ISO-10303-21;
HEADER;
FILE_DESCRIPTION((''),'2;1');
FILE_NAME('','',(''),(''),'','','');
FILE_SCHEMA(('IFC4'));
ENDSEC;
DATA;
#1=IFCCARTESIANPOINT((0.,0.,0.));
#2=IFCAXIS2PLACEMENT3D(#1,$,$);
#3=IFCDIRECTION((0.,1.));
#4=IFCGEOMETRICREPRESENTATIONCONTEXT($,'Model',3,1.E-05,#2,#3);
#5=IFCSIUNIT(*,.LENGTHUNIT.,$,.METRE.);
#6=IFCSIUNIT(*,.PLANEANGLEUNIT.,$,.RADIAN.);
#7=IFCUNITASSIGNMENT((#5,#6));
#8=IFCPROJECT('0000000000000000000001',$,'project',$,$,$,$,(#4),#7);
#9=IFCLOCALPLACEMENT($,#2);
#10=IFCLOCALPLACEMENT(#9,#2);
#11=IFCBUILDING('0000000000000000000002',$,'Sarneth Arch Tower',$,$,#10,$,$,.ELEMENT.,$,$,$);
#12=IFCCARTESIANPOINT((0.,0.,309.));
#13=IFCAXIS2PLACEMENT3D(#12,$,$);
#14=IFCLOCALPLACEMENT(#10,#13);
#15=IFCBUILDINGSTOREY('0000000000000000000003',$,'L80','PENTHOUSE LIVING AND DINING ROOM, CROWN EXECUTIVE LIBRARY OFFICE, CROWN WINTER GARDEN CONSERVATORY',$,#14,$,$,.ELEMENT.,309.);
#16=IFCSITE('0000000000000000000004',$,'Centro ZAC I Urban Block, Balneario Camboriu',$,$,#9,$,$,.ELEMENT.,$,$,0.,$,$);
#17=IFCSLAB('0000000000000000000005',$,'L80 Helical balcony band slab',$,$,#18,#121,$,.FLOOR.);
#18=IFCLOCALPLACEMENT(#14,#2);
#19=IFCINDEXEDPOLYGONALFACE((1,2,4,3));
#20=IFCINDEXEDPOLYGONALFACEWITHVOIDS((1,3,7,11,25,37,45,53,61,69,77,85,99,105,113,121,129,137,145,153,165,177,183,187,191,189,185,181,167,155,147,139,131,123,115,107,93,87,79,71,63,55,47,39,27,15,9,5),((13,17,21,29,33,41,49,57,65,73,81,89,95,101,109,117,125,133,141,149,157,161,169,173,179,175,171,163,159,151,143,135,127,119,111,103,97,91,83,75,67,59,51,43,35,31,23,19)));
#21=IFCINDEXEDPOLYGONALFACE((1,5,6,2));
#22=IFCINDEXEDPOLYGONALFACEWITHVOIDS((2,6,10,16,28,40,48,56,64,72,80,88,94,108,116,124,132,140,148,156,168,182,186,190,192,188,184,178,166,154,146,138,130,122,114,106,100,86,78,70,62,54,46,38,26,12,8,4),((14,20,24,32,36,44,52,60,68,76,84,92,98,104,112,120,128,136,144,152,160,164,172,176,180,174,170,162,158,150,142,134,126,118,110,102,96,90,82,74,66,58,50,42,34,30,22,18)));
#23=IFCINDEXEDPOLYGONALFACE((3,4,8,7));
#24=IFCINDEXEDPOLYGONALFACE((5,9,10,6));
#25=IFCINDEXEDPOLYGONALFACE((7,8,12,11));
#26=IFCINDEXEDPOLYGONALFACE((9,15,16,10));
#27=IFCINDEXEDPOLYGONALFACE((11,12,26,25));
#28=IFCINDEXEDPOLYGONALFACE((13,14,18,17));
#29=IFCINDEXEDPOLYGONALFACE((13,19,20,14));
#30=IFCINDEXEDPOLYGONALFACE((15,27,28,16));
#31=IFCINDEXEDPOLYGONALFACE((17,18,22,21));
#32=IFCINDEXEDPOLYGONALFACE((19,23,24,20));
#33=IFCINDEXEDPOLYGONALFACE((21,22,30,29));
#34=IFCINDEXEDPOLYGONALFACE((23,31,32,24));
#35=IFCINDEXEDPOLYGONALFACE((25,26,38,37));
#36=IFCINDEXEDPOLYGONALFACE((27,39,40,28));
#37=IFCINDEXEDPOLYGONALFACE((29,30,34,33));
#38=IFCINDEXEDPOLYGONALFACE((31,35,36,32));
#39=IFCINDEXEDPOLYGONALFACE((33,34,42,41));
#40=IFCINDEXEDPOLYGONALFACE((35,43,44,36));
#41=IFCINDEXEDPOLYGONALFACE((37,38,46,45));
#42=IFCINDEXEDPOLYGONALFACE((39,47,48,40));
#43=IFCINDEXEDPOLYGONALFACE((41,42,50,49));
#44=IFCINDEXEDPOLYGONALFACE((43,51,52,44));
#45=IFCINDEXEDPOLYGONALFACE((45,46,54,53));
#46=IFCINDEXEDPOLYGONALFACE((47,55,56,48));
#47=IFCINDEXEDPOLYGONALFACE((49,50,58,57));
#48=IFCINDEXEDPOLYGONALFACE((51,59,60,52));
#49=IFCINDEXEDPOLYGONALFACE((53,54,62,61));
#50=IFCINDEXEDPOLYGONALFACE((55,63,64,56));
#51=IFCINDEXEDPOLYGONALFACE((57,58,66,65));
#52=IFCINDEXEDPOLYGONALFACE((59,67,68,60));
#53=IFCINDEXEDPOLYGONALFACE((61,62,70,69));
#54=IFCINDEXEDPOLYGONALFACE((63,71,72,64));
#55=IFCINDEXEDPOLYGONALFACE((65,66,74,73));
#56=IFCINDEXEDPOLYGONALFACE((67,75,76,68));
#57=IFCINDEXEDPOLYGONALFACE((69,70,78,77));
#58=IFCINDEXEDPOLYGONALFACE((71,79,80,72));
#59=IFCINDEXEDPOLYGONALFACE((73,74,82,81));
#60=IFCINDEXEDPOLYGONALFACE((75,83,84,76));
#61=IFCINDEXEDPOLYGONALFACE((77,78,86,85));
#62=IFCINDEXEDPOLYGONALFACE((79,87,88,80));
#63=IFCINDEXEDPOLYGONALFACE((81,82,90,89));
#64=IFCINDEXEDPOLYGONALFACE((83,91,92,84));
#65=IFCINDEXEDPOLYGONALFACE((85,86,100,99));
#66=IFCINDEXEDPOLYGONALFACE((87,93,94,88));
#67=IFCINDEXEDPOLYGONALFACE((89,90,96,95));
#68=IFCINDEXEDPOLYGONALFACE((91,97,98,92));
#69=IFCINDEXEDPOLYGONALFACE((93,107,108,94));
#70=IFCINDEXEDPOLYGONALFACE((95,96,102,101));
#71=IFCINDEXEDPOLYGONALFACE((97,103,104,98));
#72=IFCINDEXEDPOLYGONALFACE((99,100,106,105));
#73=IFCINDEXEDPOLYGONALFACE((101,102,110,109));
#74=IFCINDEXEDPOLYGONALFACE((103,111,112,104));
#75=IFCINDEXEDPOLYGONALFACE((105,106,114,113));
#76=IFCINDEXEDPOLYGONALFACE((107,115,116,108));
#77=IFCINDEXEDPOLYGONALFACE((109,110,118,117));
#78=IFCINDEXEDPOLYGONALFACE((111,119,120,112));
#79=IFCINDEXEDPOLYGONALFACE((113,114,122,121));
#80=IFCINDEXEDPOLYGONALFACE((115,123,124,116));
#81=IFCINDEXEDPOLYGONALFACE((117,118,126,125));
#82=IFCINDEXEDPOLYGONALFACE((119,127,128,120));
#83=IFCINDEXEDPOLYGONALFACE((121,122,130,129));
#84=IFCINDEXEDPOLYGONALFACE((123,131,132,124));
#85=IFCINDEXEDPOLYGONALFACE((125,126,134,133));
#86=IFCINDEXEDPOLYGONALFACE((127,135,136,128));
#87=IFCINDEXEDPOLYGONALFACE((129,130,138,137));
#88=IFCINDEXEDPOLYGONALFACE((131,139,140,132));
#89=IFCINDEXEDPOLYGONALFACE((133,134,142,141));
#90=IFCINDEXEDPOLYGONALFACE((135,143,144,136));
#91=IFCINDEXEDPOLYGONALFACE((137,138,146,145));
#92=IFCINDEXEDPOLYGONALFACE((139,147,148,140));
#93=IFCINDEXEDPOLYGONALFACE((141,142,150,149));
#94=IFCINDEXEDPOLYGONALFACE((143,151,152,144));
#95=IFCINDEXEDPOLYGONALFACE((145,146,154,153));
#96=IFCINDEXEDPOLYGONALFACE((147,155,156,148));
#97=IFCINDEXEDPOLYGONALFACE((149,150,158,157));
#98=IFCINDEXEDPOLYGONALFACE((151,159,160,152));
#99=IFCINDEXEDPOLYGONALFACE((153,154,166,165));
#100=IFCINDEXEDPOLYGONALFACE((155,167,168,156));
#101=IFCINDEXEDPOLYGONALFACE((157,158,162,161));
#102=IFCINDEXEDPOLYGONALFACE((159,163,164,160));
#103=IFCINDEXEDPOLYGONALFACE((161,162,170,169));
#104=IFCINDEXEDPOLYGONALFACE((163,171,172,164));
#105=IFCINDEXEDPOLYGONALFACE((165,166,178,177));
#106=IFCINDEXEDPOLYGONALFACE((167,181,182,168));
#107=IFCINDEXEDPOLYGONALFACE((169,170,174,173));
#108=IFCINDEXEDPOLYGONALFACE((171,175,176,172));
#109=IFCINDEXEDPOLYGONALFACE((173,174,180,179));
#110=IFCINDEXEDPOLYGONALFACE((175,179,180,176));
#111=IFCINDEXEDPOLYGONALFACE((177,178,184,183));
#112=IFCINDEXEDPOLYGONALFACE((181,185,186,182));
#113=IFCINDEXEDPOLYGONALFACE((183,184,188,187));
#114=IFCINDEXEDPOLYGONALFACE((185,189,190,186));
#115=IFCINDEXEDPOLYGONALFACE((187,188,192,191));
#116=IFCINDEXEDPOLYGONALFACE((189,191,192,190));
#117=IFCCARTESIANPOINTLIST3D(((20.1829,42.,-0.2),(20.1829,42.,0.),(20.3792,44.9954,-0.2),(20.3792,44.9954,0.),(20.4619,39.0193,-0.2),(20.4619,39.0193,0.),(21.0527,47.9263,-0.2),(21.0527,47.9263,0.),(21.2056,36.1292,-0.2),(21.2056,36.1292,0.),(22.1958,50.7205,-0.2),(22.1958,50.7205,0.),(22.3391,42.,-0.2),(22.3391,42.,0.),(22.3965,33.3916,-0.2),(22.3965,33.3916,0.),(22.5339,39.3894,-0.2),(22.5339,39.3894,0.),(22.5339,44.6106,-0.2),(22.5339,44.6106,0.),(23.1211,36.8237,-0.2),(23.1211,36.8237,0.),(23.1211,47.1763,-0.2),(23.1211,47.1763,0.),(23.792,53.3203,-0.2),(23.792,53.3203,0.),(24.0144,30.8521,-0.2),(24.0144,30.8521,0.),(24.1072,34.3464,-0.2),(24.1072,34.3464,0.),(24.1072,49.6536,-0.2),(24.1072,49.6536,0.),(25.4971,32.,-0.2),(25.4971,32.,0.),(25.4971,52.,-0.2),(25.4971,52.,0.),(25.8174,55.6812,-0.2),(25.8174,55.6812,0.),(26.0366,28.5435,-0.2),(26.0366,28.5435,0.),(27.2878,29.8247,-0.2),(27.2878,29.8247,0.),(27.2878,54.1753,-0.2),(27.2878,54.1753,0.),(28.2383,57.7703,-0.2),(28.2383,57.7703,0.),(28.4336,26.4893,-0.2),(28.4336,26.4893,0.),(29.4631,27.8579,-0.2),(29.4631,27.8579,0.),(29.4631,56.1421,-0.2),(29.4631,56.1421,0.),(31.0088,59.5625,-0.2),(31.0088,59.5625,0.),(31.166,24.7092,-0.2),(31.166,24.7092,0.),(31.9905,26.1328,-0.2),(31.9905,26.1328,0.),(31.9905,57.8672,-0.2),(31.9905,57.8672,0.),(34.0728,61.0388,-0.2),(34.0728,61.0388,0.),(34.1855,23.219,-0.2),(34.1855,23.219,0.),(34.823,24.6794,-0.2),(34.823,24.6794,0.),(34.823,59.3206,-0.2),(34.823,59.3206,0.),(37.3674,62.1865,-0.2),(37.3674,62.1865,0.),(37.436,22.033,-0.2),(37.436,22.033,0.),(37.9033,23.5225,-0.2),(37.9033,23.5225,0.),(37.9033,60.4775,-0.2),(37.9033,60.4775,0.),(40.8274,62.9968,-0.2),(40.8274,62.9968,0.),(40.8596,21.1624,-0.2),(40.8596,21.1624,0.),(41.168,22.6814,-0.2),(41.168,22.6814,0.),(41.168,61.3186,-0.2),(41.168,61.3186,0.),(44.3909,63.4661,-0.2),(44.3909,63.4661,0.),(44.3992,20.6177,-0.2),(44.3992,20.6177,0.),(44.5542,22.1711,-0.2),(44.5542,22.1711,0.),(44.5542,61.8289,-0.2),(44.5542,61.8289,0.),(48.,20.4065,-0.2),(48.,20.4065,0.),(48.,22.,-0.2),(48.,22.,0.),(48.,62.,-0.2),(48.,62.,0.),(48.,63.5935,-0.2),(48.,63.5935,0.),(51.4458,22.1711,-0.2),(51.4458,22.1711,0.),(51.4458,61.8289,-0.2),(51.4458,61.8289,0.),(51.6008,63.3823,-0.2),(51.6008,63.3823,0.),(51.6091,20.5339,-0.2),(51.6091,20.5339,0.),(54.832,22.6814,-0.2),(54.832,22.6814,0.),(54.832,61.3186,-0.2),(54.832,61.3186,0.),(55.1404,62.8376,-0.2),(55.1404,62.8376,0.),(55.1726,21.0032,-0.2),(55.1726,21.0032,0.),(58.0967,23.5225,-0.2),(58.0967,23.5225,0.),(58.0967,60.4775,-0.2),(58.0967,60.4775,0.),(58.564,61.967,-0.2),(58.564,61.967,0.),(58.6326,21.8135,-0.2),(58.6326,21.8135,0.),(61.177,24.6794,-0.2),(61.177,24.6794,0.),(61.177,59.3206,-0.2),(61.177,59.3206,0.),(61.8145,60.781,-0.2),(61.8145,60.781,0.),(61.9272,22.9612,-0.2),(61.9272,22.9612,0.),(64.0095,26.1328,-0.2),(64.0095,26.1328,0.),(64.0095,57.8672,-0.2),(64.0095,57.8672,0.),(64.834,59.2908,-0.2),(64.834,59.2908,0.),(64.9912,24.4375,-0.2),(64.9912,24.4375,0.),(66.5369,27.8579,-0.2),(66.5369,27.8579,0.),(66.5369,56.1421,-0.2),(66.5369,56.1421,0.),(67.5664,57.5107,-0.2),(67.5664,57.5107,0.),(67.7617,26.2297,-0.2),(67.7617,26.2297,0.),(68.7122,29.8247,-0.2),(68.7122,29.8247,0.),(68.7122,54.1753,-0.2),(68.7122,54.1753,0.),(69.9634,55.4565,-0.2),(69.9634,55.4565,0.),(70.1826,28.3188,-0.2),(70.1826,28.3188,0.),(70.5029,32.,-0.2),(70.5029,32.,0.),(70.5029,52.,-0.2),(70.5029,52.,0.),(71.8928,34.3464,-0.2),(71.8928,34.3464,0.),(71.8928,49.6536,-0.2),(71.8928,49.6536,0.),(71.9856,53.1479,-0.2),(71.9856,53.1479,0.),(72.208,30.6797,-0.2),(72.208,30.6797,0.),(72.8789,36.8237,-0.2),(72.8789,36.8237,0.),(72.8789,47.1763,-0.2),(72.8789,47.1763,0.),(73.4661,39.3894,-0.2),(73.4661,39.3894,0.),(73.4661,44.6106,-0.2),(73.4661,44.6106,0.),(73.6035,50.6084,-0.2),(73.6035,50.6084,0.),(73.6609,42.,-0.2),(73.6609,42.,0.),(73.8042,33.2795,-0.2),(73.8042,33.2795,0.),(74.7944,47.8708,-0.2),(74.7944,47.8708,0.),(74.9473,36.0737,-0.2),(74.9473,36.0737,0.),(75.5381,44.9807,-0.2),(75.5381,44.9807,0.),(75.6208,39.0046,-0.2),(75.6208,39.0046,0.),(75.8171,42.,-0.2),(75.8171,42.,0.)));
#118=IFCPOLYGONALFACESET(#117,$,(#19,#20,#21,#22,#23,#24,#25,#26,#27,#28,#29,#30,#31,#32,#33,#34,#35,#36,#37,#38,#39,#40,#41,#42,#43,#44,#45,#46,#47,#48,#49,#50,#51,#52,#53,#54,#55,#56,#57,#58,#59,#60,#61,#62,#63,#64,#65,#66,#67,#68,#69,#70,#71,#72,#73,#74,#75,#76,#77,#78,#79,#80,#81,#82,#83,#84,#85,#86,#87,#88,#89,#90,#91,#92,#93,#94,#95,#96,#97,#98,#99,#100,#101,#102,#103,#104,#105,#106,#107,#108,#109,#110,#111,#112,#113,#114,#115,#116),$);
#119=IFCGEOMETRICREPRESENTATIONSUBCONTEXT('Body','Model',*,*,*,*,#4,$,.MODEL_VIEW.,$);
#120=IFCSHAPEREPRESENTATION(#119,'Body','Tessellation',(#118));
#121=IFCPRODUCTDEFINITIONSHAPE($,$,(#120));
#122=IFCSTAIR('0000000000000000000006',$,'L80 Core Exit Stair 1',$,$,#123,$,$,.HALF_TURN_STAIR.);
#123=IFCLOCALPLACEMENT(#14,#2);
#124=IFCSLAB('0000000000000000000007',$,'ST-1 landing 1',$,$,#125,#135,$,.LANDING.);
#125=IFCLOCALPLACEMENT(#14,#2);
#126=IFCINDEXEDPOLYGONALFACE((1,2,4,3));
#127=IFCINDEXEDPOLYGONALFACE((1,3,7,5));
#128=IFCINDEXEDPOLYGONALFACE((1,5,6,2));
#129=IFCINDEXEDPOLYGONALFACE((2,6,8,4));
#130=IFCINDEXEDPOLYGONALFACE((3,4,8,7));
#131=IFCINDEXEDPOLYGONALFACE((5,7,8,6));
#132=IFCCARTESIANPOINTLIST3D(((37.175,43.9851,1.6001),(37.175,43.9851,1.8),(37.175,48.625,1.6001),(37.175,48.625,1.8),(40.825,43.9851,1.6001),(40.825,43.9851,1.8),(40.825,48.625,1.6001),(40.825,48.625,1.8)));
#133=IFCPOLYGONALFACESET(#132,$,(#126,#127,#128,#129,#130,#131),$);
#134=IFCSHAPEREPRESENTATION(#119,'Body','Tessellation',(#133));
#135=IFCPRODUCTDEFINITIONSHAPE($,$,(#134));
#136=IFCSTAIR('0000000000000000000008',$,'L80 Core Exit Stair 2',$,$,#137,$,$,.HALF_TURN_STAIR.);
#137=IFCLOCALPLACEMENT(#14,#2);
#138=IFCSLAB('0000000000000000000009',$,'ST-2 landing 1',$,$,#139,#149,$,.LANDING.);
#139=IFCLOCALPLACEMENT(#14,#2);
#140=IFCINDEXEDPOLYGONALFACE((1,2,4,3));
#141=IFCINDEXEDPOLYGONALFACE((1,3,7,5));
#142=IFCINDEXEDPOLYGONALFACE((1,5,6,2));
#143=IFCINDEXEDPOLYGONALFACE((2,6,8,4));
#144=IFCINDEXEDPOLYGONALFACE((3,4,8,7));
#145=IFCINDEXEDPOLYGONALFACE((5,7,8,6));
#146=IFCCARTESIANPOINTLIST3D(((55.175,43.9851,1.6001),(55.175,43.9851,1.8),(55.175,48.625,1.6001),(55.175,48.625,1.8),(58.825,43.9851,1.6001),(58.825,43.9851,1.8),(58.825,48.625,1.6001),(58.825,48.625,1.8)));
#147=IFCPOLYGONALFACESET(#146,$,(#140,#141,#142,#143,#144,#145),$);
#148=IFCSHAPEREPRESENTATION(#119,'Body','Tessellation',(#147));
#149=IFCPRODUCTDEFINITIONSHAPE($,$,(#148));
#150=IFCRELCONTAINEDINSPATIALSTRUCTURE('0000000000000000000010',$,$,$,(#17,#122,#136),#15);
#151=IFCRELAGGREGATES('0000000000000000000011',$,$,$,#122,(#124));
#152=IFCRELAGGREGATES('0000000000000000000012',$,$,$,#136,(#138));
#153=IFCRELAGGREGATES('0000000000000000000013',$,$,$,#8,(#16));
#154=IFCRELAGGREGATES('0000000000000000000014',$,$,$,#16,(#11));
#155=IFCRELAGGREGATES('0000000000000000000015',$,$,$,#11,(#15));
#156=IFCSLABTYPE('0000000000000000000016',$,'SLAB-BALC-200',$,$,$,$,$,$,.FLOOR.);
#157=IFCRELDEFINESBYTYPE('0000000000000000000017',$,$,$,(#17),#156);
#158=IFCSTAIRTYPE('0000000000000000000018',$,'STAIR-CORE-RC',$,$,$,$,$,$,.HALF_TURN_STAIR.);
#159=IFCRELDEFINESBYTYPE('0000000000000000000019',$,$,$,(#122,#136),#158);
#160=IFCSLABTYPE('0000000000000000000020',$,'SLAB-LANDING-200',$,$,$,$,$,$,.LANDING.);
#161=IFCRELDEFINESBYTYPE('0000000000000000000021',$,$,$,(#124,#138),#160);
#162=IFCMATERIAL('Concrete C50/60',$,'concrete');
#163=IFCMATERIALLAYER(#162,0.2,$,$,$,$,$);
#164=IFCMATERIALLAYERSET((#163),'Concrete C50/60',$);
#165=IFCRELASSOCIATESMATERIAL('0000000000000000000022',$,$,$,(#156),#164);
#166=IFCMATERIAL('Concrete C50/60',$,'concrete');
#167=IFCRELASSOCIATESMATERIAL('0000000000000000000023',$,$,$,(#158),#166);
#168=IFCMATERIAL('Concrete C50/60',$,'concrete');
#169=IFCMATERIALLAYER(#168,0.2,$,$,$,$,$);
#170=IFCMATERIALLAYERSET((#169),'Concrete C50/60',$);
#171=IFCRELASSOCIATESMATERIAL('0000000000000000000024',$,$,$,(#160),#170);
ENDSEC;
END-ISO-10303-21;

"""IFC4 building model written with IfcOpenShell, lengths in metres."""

from ifc_helpers import new_model, si_unit, direction, frame, origin, place, context, subcontext, project, spatial, polyline, outline, extrude, material, layer, layer_set, type_object, element, aggregate, save


model = new_model("IFC4")

# Units and contexts
model_context = context("Model", 3, precision=1e-05, world=origin(), true_north=direction((0.0, 1.0)))
body_context = subcontext(model_context, "Body", "Model", "MODEL_VIEW")
ifc_project = project(units=[si_unit("LENGTHUNIT", "METRE"), si_unit("PLANEANGLEUNIT", "RADIAN")], contexts=[model_context])

# Site, building, storey
site_placement = place(None, origin())
site = spatial("IfcSite", under=ifc_project, at=site_placement, Name="Centro ZAC I Urban Block, Balneario Camboriu", CompositionType="ELEMENT", RefElevation=0.0)
building_placement = place(site_placement, origin())
building = spatial("IfcBuilding", under=site, at=building_placement, Name="Sarneth Arch Tower", CompositionType="ELEMENT")
storey_placement = place(building_placement, frame((0.0, 0.0, 309.0)))
storey = spatial("IfcBuildingStorey", under=building, at=storey_placement, Name="L80", Description="PENTHOUSE LIVING AND DINING ROOM, CROWN EXECUTIVE LIBRARY OFFICE, CROWN WINTER GARDEN CONSERVATORY", CompositionType="ELEMENT", Elevation=309.0)

# Slab
ifc_material_1 = material(Name="Concrete C50/60", Category="concrete")
ifc_layer_1 = layer(ifc_material_1, 0.2)
ifc_layer_set_1 = layer_set([ifc_layer_1], Name="Concrete C50/60")
slab_type_1 = type_object("IfcSlabType", Name="SLAB-BALC-200", PredefinedType="FLOOR", material=ifc_layer_set_1)
slab_1_placement = place(storey_placement, frame((0.0, 0.0, -0.2)))
element("IfcSlab", 1, at=slab_1_placement, inside=storey, type_object=slab_type_1, Name="L80 Helical balcony band slab", PredefinedType="FLOOR", context=body_context, shape_type="SweptSolid", body=[
    extrude(outline(polyline([(75.8171, 42.0), (75.5381, 44.9807), (74.7944, 47.8708), (73.6035, 50.6084), (71.9856, 53.1479), (69.9634, 55.4565), (67.5664, 57.5107), (64.834, 59.2908), (61.8145, 60.781), (58.564, 61.967), (55.1404, 62.8376), (51.6008, 63.3823), (48.0, 63.5935), (44.3909, 63.4661), (40.8274, 62.9968), (37.3674, 62.1865), (34.0728, 61.0388), (31.0088, 59.5625), (28.2383, 57.7703), (25.8174, 55.6812), (23.792, 53.3203), (22.1958, 50.7205), (21.0527, 47.9263), (20.3792, 44.9954), (20.1829, 42.0), (20.4619, 39.0193), (21.2056, 36.1292), (22.3965, 33.3916), (24.0144, 30.8521), (26.0366, 28.5435), (28.4336, 26.4893), (31.166, 24.7092), (34.1855, 23.219), (37.436, 22.033), (40.8596, 21.1624), (44.3992, 20.6177), (48.0, 20.4065), (51.6091, 20.5339), (55.1726, 21.0032), (58.6326, 21.8135), (61.9272, 22.9612), (64.9912, 24.4375), (67.7617, 26.2297), (70.1826, 28.3188), (72.208, 30.6797), (73.8042, 33.2795), (74.9473, 36.0737), (75.6208, 39.0046), (75.8171, 42.0)]), holes=[polyline([(73.6609, 42.0), (73.4661, 44.6106), (72.8789, 47.1763), (71.8928, 49.6536), (70.5029, 52.0), (68.7122, 54.1753), (66.5369, 56.1421), (64.0095, 57.8672), (61.177, 59.3206), (58.0967, 60.4775), (54.832, 61.3186), (51.4458, 61.8289), (48.0, 62.0), (44.5542, 61.8289), (41.168, 61.3186), (37.9033, 60.4775), (34.823, 59.3206), (31.9905, 57.8672), (29.4631, 56.1421), (27.2878, 54.1753), (25.4971, 52.0), (24.1072, 49.6536), (23.1211, 47.1763), (22.5339, 44.6106), (22.3391, 42.0), (22.5339, 39.3894), (23.1211, 36.8237), (24.1072, 34.3464), (25.4971, 32.0), (27.2878, 29.8247), (29.4631, 27.8579), (31.9905, 26.1328), (34.823, 24.6794), (37.9033, 23.5225), (41.168, 22.6814), (44.5542, 22.1711), (48.0, 22.0), (51.4458, 22.1711), (54.832, 22.6814), (58.0967, 23.5225), (61.177, 24.6794), (64.0095, 26.1328), (66.5369, 27.8579), (68.7122, 29.8247), (70.5029, 32.0), (71.8928, 34.3464), (72.8789, 36.8237), (73.4661, 39.3894), (73.6609, 42.0)])]), origin(), (0.0, 0.0, 1.0), 0.2),
])

# Stairs, slabs
ifc_material_2 = material(Name="Concrete C50/60", Category="concrete")
stair_type = type_object("IfcStairType", Name="STAIR-CORE-RC", PredefinedType="HALF_TURN_STAIR", material=ifc_material_2)
stair_1_placement = place(storey_placement, origin())
stair_1 = element("IfcStair", 2, at=stair_1_placement, inside=storey, type_object=stair_type, Name="L80 Core Exit Stair 1", PredefinedType="HALF_TURN_STAIR")
ifc_material_3 = material(Name="Concrete C50/60", Category="concrete")
ifc_layer_2 = layer(ifc_material_3, 0.2)
ifc_layer_set_2 = layer_set([ifc_layer_2], Name="Concrete C50/60")
slab_type_2 = type_object("IfcSlabType", Name="SLAB-LANDING-200", PredefinedType="LANDING", material=ifc_layer_set_2)
slab_2_placement = place(storey_placement, frame((0.0, 0.0, 1.6001)))
slab_2 = element("IfcSlab", 3, at=slab_2_placement, type_object=slab_type_2, Name="ST-1 landing 1", PredefinedType="LANDING", context=body_context, shape_type="SweptSolid", body=[
    extrude(outline(polyline([(37.175, 43.9851), (40.825, 43.9851), (40.825, 48.625), (37.175, 48.625), (37.175, 43.9851)])), origin(), (0.0, 0.0, 1.0), 0.2),
])
aggregate(stair_1, [slab_2])
stair_2_placement = place(storey_placement, origin())
stair_2 = element("IfcStair", 4, at=stair_2_placement, inside=storey, type_object=stair_type, Name="L80 Core Exit Stair 2", PredefinedType="HALF_TURN_STAIR")
slab_3_placement = place(storey_placement, frame((0.0, 0.0, 1.6001)))
slab_3 = element("IfcSlab", 5, at=slab_3_placement, type_object=slab_type_2, Name="ST-2 landing 1", PredefinedType="LANDING", context=body_context, shape_type="SweptSolid", body=[
    extrude(outline(polyline([(55.175, 43.9851), (58.825, 43.9851), (58.825, 48.625), (55.175, 48.625), (55.175, 43.9851)])), origin(), (0.0, 0.0, 1.0), 0.2),
])
aggregate(stair_2, [slab_3])

save(model, "model.ifc")
